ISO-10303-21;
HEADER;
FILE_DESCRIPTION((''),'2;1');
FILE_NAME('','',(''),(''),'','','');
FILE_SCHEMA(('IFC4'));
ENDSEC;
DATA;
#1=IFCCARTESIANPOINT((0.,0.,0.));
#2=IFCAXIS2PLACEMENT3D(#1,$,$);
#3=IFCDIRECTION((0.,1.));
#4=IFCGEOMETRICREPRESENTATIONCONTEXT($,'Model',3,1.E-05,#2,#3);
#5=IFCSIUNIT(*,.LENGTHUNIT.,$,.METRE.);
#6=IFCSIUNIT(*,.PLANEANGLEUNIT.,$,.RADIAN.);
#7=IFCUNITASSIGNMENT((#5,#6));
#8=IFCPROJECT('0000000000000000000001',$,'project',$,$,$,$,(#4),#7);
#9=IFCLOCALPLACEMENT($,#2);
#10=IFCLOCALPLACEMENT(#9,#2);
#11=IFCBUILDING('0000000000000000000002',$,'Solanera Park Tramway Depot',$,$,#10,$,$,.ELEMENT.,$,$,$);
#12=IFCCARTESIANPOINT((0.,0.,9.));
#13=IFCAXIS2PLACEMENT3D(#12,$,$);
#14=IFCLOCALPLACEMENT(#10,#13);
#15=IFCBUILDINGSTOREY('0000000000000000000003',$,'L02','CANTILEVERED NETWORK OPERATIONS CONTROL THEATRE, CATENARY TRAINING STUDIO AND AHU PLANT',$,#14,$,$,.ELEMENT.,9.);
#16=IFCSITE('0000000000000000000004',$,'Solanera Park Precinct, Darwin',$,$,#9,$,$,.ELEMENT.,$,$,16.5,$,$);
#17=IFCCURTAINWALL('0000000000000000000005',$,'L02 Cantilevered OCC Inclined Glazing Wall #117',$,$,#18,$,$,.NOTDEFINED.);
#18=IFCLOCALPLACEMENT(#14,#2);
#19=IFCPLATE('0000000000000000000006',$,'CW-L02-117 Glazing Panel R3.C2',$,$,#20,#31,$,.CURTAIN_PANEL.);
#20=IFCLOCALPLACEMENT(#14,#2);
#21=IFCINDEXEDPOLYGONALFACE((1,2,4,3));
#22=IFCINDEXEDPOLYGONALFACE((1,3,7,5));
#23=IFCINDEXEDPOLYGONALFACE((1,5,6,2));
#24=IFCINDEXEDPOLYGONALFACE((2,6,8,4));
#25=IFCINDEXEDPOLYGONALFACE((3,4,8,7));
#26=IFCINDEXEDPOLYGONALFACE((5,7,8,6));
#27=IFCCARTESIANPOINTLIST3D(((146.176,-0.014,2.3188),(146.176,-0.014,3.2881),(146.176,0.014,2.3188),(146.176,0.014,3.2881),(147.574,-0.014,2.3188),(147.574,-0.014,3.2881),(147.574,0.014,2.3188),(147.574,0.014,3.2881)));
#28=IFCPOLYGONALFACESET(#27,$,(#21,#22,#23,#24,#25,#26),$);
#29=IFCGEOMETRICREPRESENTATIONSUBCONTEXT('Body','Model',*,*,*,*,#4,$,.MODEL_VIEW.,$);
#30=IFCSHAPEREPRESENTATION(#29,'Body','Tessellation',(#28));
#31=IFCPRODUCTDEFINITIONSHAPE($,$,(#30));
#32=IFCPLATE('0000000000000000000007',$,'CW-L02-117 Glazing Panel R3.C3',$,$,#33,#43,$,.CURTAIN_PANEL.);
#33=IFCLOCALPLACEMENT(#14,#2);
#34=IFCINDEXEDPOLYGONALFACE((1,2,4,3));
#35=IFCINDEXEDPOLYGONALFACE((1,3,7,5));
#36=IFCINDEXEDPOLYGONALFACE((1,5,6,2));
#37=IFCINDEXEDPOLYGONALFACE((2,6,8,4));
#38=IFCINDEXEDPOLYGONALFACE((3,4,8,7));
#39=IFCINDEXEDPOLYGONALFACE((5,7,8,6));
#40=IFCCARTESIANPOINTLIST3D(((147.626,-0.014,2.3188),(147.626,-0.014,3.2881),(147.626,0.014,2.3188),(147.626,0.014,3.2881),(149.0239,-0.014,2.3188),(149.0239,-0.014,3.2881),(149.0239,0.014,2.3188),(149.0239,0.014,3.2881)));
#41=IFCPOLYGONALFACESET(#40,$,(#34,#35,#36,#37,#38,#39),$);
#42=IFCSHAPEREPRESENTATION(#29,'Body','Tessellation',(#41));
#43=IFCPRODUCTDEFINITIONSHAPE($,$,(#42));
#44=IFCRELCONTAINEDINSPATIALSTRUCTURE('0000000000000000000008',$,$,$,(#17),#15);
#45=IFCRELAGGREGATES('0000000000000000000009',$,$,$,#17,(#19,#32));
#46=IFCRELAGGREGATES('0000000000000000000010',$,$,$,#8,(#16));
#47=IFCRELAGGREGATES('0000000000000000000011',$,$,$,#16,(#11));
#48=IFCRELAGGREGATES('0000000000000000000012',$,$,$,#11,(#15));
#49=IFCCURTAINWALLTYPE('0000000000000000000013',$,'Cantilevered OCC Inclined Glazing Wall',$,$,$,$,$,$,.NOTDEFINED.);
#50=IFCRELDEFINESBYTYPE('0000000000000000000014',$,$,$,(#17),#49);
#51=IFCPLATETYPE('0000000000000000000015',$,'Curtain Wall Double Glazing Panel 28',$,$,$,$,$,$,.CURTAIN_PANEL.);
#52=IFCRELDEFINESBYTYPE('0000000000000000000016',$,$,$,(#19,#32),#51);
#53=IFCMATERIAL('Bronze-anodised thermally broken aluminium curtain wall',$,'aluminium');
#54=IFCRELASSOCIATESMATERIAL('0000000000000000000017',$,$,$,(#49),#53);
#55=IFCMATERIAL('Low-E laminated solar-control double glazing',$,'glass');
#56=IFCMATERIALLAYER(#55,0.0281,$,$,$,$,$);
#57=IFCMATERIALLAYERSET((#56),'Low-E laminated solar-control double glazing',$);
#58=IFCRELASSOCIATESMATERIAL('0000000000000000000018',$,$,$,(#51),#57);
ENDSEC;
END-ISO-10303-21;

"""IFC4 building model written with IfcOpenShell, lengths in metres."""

from ifc_helpers import new_model, si_unit, direction, frame, origin, origin_2d, place, context, subcontext, project, spatial, rectangle, extrude, material, layer, layer_set, type_object, element, aggregate, save


model = new_model("IFC4")

# Units and contexts
model_context = context("Model", 3, precision=1e-05, world=origin(), true_north=direction((0.0, 1.0)))
body_context = subcontext(model_context, "Body", "Model", "MODEL_VIEW")
ifc_project = project(units=[si_unit("LENGTHUNIT", "METRE"), si_unit("PLANEANGLEUNIT", "RADIAN")], contexts=[model_context])

# Site, building, storey
site_placement = place(None, origin())
site = spatial("IfcSite", under=ifc_project, at=site_placement, Name="Solanera Park Precinct, Darwin", CompositionType="ELEMENT", RefElevation=16.5)
building_placement = place(site_placement, origin())
building = spatial("IfcBuilding", under=site, at=building_placement, Name="Solanera Park Tramway Depot", CompositionType="ELEMENT")
storey_placement = place(building_placement, frame((0.0, 0.0, 9.0)))
storey = spatial("IfcBuildingStorey", under=building, at=storey_placement, Name="L02", Description="CANTILEVERED NETWORK OPERATIONS CONTROL THEATRE, CATENARY TRAINING STUDIO AND AHU PLANT", CompositionType="ELEMENT", Elevation=9.0)

# Shared definitions
ifc_material_1 = material(Name="Bronze-anodised thermally broken aluminium curtain wall", Category="aluminium")
curtain_wall_type = type_object("IfcCurtainWallType", Name="Cantilevered OCC Inclined Glazing Wall", PredefinedType="NOTDEFINED", material=ifc_material_1)

# Curtain wall
curtain_wall_1_placement = place(storey_placement, origin())
curtain_wall_1 = element("IfcCurtainWall", 1, at=curtain_wall_1_placement, inside=storey, type_object=curtain_wall_type, Name="L02 Cantilevered OCC Inclined Glazing Wall #117", PredefinedType="NOTDEFINED")

# Plates
ifc_material_2 = material(Name="Low-E laminated solar-control double glazing", Category="glass")
ifc_layer = layer(ifc_material_2, 0.0281)
ifc_layer_set = layer_set([ifc_layer], Name="Low-E laminated solar-control double glazing")
plate_type = type_object("IfcPlateType", Name="Curtain Wall Double Glazing Panel 28", PredefinedType="CURTAIN_PANEL", material=ifc_layer_set)
plate_1_placement = place(storey_placement, frame((146.875, 0.0, 2.3188), z_axis=(0.0, 0.0, 1.0), x_axis=(1.0, 0.0, 0.0)))
plate_1 = element("IfcPlate", 2, at=plate_1_placement, type_object=plate_type, Name="CW-L02-117 Glazing Panel R3.C2", PredefinedType="CURTAIN_PANEL", context=body_context, shape_type="SweptSolid", body=[
    extrude(rectangle(XDim=1.3979, YDim=0.0281, at=origin_2d()), origin(), (0.0, 0.0, 1.0), 0.9692),
])
plate_2_placement = place(storey_placement, frame((148.325, 0.0, 2.3188), z_axis=(0.0, 0.0, 1.0), x_axis=(1.0, 0.0, 0.0)))
plate_2 = element("IfcPlate", 3, at=plate_2_placement, type_object=plate_type, Name="CW-L02-117 Glazing Panel R3.C3", PredefinedType="CURTAIN_PANEL", context=body_context, shape_type="SweptSolid", body=[
    extrude(rectangle(XDim=1.3979, YDim=0.0281, at=origin_2d()), origin(), (0.0, 0.0, 1.0), 0.9692),
])
aggregate(curtain_wall_1, [plate_1, plate_2])

save(model, "model.ifc")
